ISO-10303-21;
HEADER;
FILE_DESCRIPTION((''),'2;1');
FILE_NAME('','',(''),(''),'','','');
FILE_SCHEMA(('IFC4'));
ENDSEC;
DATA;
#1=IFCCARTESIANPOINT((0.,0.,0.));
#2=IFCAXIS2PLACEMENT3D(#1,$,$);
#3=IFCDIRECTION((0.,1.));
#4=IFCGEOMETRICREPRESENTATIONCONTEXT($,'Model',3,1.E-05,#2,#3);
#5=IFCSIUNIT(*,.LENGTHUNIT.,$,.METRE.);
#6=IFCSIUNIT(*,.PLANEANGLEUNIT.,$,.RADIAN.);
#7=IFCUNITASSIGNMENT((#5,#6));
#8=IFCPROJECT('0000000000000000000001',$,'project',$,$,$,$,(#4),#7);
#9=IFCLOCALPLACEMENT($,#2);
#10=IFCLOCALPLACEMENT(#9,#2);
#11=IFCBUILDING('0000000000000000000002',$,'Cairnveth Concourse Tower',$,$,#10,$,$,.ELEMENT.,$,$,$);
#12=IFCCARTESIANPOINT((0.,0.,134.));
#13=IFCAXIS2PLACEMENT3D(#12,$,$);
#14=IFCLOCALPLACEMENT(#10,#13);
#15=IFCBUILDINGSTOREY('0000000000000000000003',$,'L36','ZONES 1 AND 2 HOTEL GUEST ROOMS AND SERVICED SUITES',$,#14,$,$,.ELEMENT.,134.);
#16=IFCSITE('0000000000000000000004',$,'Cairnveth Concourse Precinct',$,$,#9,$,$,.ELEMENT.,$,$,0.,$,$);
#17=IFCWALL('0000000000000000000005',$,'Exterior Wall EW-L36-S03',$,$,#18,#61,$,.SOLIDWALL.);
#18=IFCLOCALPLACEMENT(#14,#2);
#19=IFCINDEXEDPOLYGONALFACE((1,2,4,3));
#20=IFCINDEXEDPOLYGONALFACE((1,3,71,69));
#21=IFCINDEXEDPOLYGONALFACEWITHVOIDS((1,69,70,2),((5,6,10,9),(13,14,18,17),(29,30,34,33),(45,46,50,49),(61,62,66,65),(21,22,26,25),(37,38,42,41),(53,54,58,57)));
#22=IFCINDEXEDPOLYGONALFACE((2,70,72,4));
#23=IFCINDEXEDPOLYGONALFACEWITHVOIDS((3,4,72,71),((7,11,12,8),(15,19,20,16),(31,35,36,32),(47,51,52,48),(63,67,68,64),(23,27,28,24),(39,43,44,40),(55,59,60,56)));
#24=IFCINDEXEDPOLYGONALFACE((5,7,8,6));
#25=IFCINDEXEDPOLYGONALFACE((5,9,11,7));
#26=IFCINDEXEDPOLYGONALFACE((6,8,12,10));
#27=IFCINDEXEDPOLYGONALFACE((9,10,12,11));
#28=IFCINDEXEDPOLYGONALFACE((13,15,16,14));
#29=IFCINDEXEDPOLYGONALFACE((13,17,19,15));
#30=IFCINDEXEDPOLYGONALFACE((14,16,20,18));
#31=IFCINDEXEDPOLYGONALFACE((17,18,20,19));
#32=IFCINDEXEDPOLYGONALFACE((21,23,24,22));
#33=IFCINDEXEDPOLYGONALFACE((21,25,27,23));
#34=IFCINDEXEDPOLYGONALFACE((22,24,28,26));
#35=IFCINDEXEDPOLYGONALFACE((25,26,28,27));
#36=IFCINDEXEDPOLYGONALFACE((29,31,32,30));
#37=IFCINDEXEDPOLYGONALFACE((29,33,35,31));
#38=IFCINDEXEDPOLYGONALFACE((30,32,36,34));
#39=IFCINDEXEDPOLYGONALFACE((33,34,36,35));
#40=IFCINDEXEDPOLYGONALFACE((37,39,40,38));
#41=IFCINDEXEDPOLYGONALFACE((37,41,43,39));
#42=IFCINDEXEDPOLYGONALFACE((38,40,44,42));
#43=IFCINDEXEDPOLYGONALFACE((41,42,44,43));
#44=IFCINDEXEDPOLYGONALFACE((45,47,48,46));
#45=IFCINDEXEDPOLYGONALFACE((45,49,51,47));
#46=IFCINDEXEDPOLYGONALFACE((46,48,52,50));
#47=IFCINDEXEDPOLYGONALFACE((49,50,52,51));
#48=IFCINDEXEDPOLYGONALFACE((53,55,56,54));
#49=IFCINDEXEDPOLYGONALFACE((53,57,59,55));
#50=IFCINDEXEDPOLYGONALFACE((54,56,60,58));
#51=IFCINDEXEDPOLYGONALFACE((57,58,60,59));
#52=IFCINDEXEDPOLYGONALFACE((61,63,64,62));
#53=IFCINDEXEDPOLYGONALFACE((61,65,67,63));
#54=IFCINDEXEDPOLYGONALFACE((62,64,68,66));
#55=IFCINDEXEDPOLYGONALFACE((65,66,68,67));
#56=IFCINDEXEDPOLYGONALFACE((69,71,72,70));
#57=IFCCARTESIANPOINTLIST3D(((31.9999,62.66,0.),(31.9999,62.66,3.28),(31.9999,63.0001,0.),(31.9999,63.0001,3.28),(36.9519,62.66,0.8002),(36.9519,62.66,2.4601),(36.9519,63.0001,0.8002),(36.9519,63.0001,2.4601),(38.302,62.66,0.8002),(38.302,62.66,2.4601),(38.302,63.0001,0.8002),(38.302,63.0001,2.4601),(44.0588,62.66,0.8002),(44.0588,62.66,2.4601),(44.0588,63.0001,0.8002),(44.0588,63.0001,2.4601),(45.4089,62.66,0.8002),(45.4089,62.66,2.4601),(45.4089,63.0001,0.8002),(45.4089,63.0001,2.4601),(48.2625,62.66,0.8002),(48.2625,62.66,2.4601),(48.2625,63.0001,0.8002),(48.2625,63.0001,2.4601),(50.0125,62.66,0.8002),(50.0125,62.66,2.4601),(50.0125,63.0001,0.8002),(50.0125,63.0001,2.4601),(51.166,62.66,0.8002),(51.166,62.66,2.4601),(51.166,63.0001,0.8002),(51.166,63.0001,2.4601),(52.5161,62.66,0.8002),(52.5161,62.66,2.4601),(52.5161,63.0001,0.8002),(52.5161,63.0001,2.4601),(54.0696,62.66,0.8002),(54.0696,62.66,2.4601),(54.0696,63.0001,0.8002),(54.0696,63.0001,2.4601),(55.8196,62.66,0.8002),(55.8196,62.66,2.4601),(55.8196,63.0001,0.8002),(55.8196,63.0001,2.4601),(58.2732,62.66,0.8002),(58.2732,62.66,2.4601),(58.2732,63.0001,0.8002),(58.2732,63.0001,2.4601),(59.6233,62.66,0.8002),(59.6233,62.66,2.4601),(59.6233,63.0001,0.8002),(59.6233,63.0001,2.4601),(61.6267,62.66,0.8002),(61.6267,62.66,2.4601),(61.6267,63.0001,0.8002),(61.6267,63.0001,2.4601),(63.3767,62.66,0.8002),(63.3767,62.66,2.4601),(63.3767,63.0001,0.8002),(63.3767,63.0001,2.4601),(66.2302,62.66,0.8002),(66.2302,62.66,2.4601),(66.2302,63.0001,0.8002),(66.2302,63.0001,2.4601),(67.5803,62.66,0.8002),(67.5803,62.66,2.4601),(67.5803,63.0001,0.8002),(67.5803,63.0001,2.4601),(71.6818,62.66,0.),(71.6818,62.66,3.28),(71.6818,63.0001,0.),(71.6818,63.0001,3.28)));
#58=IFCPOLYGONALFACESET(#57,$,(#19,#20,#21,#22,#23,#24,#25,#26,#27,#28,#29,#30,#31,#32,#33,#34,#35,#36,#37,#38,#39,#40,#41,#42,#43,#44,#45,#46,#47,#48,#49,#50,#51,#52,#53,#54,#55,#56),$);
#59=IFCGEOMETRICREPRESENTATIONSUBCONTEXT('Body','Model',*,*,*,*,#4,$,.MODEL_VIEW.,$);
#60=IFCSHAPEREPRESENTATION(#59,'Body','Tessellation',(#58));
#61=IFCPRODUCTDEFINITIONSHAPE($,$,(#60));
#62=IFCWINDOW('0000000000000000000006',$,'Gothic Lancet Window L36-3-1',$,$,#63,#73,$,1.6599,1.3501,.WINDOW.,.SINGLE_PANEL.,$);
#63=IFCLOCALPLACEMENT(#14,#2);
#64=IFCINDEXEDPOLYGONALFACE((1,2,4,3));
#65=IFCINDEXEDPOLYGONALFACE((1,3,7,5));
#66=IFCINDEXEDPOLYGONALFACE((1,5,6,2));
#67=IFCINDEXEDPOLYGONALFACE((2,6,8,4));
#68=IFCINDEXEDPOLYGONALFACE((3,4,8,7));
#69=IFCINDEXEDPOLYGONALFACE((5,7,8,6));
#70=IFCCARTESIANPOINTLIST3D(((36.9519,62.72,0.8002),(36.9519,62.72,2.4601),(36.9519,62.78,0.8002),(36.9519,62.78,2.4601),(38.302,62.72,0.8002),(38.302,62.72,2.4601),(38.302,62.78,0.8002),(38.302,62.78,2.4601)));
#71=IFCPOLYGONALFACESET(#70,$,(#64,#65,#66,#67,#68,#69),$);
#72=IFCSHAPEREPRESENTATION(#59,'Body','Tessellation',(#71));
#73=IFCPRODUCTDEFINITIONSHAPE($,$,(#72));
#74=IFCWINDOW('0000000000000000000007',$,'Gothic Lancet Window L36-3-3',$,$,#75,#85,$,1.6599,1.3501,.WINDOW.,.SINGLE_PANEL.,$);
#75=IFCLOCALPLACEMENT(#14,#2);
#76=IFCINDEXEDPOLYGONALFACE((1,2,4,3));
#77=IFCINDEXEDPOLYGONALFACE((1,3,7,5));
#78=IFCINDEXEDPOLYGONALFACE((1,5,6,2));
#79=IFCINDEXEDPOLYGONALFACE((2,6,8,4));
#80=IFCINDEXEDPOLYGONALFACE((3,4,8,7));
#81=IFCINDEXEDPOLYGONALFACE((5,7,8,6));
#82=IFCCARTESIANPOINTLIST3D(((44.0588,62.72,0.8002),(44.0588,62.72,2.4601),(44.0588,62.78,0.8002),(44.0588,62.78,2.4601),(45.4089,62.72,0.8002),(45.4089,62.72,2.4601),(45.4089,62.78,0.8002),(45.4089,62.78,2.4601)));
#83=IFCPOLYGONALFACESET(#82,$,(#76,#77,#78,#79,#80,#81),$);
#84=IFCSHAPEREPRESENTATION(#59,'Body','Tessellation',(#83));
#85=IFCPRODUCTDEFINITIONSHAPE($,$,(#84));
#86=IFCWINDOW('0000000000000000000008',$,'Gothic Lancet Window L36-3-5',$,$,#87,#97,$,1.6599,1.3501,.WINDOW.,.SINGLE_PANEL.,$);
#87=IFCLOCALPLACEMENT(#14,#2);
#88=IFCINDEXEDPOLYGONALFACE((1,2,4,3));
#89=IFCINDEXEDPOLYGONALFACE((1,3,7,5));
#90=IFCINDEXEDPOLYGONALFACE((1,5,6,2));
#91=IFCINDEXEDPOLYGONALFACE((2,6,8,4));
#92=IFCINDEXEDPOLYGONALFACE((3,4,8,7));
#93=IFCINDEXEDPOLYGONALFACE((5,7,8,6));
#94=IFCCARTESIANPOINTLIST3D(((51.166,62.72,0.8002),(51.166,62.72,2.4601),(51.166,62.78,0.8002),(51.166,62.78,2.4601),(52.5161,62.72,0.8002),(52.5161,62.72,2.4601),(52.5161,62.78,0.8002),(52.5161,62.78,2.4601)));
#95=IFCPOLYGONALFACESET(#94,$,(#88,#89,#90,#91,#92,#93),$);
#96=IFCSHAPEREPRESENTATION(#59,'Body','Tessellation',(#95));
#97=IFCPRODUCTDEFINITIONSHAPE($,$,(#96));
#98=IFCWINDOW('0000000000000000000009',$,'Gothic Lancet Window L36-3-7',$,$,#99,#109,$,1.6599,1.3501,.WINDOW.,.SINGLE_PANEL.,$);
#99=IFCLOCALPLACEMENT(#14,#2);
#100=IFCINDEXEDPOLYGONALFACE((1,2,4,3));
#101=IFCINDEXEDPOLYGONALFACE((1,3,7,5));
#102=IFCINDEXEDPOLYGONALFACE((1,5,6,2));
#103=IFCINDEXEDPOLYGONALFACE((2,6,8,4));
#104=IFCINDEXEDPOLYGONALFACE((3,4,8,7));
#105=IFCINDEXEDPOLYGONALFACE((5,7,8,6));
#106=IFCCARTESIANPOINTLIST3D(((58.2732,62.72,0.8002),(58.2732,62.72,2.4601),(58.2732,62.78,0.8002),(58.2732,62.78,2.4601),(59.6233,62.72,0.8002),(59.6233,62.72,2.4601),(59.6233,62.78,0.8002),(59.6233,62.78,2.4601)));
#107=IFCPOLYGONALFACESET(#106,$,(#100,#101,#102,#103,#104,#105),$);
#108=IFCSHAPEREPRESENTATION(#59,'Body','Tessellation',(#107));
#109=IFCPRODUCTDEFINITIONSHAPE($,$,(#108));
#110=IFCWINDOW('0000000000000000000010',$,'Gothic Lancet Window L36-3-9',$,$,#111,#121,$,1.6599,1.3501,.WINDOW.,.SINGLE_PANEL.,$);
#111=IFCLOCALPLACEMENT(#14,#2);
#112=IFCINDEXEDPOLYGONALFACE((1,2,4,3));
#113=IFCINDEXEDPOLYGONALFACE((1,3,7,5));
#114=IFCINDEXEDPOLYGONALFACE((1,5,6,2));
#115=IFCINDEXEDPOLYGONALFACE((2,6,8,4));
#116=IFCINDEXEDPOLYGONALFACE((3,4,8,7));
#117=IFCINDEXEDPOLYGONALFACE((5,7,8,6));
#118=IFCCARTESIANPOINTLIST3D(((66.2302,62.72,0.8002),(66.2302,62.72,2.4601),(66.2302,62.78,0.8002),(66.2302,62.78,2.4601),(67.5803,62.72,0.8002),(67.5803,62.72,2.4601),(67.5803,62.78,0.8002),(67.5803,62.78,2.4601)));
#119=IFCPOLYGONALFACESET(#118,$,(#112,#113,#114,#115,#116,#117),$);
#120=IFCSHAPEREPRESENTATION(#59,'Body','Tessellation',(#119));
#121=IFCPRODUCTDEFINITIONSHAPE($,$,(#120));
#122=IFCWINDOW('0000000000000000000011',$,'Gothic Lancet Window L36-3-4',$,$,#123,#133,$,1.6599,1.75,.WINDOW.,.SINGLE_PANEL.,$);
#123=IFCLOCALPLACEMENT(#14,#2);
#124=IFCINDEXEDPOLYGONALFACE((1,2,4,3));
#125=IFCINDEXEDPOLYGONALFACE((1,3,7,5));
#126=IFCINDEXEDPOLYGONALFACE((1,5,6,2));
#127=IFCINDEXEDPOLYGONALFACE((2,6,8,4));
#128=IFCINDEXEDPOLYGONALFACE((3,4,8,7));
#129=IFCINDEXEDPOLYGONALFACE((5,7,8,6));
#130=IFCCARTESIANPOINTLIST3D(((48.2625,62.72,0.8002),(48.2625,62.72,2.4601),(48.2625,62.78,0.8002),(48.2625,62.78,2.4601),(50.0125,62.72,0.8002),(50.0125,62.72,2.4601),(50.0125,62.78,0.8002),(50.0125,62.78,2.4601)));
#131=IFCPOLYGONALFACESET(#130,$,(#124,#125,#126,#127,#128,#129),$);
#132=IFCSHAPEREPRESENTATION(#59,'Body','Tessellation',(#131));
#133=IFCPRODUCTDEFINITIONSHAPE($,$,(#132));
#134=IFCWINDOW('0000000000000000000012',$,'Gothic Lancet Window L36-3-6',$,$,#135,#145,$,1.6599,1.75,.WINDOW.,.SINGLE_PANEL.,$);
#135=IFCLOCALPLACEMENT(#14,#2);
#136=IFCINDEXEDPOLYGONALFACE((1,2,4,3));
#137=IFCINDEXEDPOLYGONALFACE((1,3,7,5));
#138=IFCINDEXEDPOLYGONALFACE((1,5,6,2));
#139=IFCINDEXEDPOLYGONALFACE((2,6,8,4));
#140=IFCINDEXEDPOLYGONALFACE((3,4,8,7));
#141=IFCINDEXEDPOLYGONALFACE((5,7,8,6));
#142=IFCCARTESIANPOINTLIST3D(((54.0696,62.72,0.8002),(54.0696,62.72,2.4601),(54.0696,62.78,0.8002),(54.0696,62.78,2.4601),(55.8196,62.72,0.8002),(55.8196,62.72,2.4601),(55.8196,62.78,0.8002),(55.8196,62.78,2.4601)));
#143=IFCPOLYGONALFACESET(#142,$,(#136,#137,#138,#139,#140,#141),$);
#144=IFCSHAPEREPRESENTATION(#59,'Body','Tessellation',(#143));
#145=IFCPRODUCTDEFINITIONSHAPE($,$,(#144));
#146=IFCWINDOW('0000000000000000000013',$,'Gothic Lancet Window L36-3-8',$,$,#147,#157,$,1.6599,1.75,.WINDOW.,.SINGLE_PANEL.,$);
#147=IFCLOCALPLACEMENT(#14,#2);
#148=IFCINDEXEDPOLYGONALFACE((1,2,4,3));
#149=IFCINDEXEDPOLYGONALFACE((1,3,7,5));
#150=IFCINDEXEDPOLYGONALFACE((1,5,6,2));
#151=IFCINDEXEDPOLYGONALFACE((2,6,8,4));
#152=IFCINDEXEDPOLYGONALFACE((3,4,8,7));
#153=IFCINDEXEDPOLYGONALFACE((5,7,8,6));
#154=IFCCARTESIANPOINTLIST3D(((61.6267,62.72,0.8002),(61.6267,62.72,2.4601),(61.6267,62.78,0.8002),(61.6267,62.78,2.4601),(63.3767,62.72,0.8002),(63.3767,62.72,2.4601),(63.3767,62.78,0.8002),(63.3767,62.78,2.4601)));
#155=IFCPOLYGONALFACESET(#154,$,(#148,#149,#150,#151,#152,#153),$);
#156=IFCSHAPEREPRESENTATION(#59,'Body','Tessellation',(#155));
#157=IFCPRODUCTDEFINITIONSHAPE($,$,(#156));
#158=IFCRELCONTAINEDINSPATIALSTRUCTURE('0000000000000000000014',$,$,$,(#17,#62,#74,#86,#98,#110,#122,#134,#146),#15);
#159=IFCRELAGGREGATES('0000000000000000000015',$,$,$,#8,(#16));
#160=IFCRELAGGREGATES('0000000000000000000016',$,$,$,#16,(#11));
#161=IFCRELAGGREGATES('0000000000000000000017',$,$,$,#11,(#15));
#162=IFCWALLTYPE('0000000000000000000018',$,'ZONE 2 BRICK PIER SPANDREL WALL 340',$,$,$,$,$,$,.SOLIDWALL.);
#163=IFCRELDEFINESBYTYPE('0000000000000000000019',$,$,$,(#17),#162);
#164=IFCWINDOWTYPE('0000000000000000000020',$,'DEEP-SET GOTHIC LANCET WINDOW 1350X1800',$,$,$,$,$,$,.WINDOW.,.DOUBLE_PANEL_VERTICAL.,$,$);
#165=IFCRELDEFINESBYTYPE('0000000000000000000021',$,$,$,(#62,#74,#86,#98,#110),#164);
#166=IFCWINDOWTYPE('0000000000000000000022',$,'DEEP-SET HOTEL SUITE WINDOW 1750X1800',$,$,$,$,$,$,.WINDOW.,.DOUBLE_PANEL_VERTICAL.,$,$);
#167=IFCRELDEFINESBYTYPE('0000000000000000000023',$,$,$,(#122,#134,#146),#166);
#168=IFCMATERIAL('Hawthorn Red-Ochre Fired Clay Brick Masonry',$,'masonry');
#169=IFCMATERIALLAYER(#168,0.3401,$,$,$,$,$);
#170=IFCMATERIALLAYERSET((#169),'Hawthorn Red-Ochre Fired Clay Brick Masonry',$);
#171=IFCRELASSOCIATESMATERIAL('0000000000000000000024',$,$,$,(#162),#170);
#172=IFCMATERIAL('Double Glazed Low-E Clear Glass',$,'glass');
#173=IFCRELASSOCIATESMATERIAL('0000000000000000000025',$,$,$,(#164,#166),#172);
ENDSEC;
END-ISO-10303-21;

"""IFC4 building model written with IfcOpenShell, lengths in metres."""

from ifc_helpers import new_model, si_unit, direction, frame, frame_2d, origin, place, context, subcontext, project, spatial, rectangle, extrude, material, layer, layer_set, type_object, element, fill, save


model = new_model("IFC4")

# Units and contexts
model_context = context("Model", 3, precision=1e-05, world=origin(), true_north=direction((0.0, 1.0)))
body_context = subcontext(model_context, "Body", "Model", "MODEL_VIEW")
ifc_project = project(units=[si_unit("LENGTHUNIT", "METRE"), si_unit("PLANEANGLEUNIT", "RADIAN")], contexts=[model_context])

# Site, building, storey
site_placement = place(None, origin())
site = spatial("IfcSite", under=ifc_project, at=site_placement, Name="Cairnveth Concourse Precinct", CompositionType="ELEMENT", RefElevation=0.0)
building_placement = place(site_placement, origin())
building = spatial("IfcBuilding", under=site, at=building_placement, Name="Cairnveth Concourse Tower", CompositionType="ELEMENT")
storey_placement = place(building_placement, frame((0.0, 0.0, 134.0)))
storey = spatial("IfcBuildingStorey", under=building, at=storey_placement, Name="L36", Description="ZONES 1 AND 2 HOTEL GUEST ROOMS AND SERVICED SUITES", CompositionType="ELEMENT", Elevation=134.0)

# Shared definitions
ifc_material_1 = material(Name="Hawthorn Red-Ochre Fired Clay Brick Masonry", Category="masonry")
ifc_layer_1 = layer(ifc_material_1, 0.3401)
ifc_layer_set_1 = layer_set([ifc_layer_1], Name="Hawthorn Red-Ochre Fired Clay Brick Masonry")
wall_type = type_object("IfcWallType", Name="ZONE 2 BRICK PIER SPANDREL WALL 340", PredefinedType="SOLIDWALL", material=ifc_layer_set_1)

# Wall, openings, windows
wall_1_placement = place(storey_placement, frame((32.0, 62.8301, 0.0), z_axis=(0.0, 0.0, 1.0), x_axis=(1.0, 0.0, 0.0)))
wall_1 = element("IfcWall", 1, at=wall_1_placement, inside=storey, type_object=wall_type, Name="Exterior Wall EW-L36-S03", PredefinedType="SOLIDWALL", context=body_context, shape_type="SweptSolid", body=[
    extrude(rectangle(XDim=39.6819, YDim=0.3401, at=frame_2d((19.8408, 0.0))), origin(), (0.0, 0.0, 1.0), 3.28),
])
opening_1_placement = place(wall_1_placement, frame((4.9519, 0.0, 0.8)))
opening_1 = element("IfcOpeningElement", 2, at=opening_1_placement, cuts=wall_1, PredefinedType="OPENING", context=body_context, shape_type="SweptSolid", body=[
    extrude(rectangle(XDim=1.3501, YDim=1.6599, at=frame_2d((0.675, 0.8301))), frame((0.0, 0.1799, 0.0), z_axis=(0.0, -1.0, 0.0), x_axis=(1.0, 0.0, 0.0)), (0.0, 0.0, 1.0), 0.3601),
])
opening_2_placement = place(wall_1_placement, frame((12.0588, 0.0, 0.8)))
opening_2 = element("IfcOpeningElement", 3, at=opening_2_placement, cuts=wall_1, PredefinedType="OPENING", context=body_context, shape_type="SweptSolid", body=[
    extrude(rectangle(XDim=1.3501, YDim=1.6599, at=frame_2d((0.675, 0.8301))), frame((0.0, 0.1799, 0.0), z_axis=(0.0, -1.0, 0.0), x_axis=(1.0, 0.0, 0.0)), (0.0, 0.0, 1.0), 0.3601),
])
opening_3_placement = place(wall_1_placement, frame((16.2625, 0.0, 0.8)))
opening_3 = element("IfcOpeningElement", 4, at=opening_3_placement, cuts=wall_1, PredefinedType="OPENING", context=body_context, shape_type="SweptSolid", body=[
    extrude(rectangle(XDim=1.75, YDim=1.6599, at=frame_2d((0.875, 0.8301))), frame((0.0, 0.1799, 0.0), z_axis=(0.0, -1.0, 0.0), x_axis=(1.0, 0.0, 0.0)), (0.0, 0.0, 1.0), 0.3601),
])
opening_4_placement = place(wall_1_placement, frame((19.166, 0.0, 0.8)))
opening_4 = element("IfcOpeningElement", 5, at=opening_4_placement, cuts=wall_1, PredefinedType="OPENING", context=body_context, shape_type="SweptSolid", body=[
    extrude(rectangle(XDim=1.3501, YDim=1.6599, at=frame_2d((0.675, 0.8301))), frame((0.0, 0.1799, 0.0), z_axis=(0.0, -1.0, 0.0), x_axis=(1.0, 0.0, 0.0)), (0.0, 0.0, 1.0), 0.3601),
])
opening_5_placement = place(wall_1_placement, frame((22.0696, 0.0, 0.8)))
opening_5 = element("IfcOpeningElement", 6, at=opening_5_placement, cuts=wall_1, PredefinedType="OPENING", context=body_context, shape_type="SweptSolid", body=[
    extrude(rectangle(XDim=1.75, YDim=1.6599, at=frame_2d((0.875, 0.8301))), frame((0.0, 0.1799, 0.0), z_axis=(0.0, -1.0, 0.0), x_axis=(1.0, 0.0, 0.0)), (0.0, 0.0, 1.0), 0.3601),
])
opening_6_placement = place(wall_1_placement, frame((26.2732, 0.0, 0.8)))
opening_6 = element("IfcOpeningElement", 7, at=opening_6_placement, cuts=wall_1, PredefinedType="OPENING", context=body_context, shape_type="SweptSolid", body=[
    extrude(rectangle(XDim=1.3501, YDim=1.6599, at=frame_2d((0.675, 0.8301))), frame((0.0, 0.1799, 0.0), z_axis=(0.0, -1.0, 0.0), x_axis=(1.0, 0.0, 0.0)), (0.0, 0.0, 1.0), 0.3601),
])
opening_7_placement = place(wall_1_placement, frame((29.6267, 0.0, 0.8)))
opening_7 = element("IfcOpeningElement", 8, at=opening_7_placement, cuts=wall_1, PredefinedType="OPENING", context=body_context, shape_type="SweptSolid", body=[
    extrude(rectangle(XDim=1.75, YDim=1.6599, at=frame_2d((0.875, 0.8301))), frame((0.0, 0.1799, 0.0), z_axis=(0.0, -1.0, 0.0), x_axis=(1.0, 0.0, 0.0)), (0.0, 0.0, 1.0), 0.3601),
])
opening_8_placement = place(wall_1_placement, frame((34.2302, 0.0, 0.8)))
opening_8 = element("IfcOpeningElement", 9, at=opening_8_placement, cuts=wall_1, PredefinedType="OPENING", context=body_context, shape_type="SweptSolid", body=[
    extrude(rectangle(XDim=1.3501, YDim=1.6599, at=frame_2d((0.675, 0.8301))), frame((0.0, 0.1799, 0.0), z_axis=(0.0, -1.0, 0.0), x_axis=(1.0, 0.0, 0.0)), (0.0, 0.0, 1.0), 0.3601),
])
ifc_material_2 = material(Name="Double Glazed Low-E Clear Glass", Category="glass")
window_type_1 = type_object("IfcWindowType", Name="DEEP-SET GOTHIC LANCET WINDOW 1350X1800", PartitioningType="DOUBLE_PANEL_VERTICAL", PredefinedType="WINDOW", material=ifc_material_2)
window_1_placement = place(opening_1_placement, origin())
window_1 = element("IfcWindow", 10, at=window_1_placement, inside=storey, type_object=window_type_1, Name="Gothic Lancet Window L36-3-1", OverallHeight=1.6599, OverallWidth=1.3501, PartitioningType="SINGLE_PANEL", PredefinedType="WINDOW", context=body_context, shape_type="SweptSolid", body=[
    extrude(rectangle(XDim=1.3501, YDim=1.6599, at=frame_2d((0.675, 0.8301))), frame((0.0, -0.05, 0.0), z_axis=(0.0, -1.0, 0.0), x_axis=(1.0, 0.0, 0.0)), (0.0, 0.0, 1.0), 0.0601),
])
fill(opening_1, window_1)
window_2_placement = place(opening_2_placement, origin())
window_2 = element("IfcWindow", 11, at=window_2_placement, inside=storey, type_object=window_type_1, Name="Gothic Lancet Window L36-3-3", OverallHeight=1.6599, OverallWidth=1.3501, PartitioningType="SINGLE_PANEL", PredefinedType="WINDOW", context=body_context, shape_type="SweptSolid", body=[
    extrude(rectangle(XDim=1.3501, YDim=1.6599, at=frame_2d((0.675, 0.8301))), frame((0.0, -0.05, 0.0), z_axis=(0.0, -1.0, 0.0), x_axis=(1.0, 0.0, 0.0)), (0.0, 0.0, 1.0), 0.0601),
])
fill(opening_2, window_2)
window_3_placement = place(opening_4_placement, origin())
window_3 = element("IfcWindow", 12, at=window_3_placement, inside=storey, type_object=window_type_1, Name="Gothic Lancet Window L36-3-5", OverallHeight=1.6599, OverallWidth=1.3501, PartitioningType="SINGLE_PANEL", PredefinedType="WINDOW", context=body_context, shape_type="SweptSolid", body=[
    extrude(rectangle(XDim=1.3501, YDim=1.6599, at=frame_2d((0.675, 0.8301))), frame((0.0, -0.05, 0.0), z_axis=(0.0, -1.0, 0.0), x_axis=(1.0, 0.0, 0.0)), (0.0, 0.0, 1.0), 0.0601),
])
fill(opening_4, window_3)
window_4_placement = place(opening_6_placement, origin())
window_4 = element("IfcWindow", 13, at=window_4_placement, inside=storey, type_object=window_type_1, Name="Gothic Lancet Window L36-3-7", OverallHeight=1.6599, OverallWidth=1.3501, PartitioningType="SINGLE_PANEL", PredefinedType="WINDOW", context=body_context, shape_type="SweptSolid", body=[
    extrude(rectangle(XDim=1.3501, YDim=1.6599, at=frame_2d((0.675, 0.8301))), frame((0.0, -0.05, 0.0), z_axis=(0.0, -1.0, 0.0), x_axis=(1.0, 0.0, 0.0)), (0.0, 0.0, 1.0), 0.0601),
])
fill(opening_6, window_4)
window_5_placement = place(opening_8_placement, origin())
window_5 = element("IfcWindow", 14, at=window_5_placement, inside=storey, type_object=window_type_1, Name="Gothic Lancet Window L36-3-9", OverallHeight=1.6599, OverallWidth=1.3501, PartitioningType="SINGLE_PANEL", PredefinedType="WINDOW", context=body_context, shape_type="SweptSolid", body=[
    extrude(rectangle(XDim=1.3501, YDim=1.6599, at=frame_2d((0.675, 0.8301))), frame((0.0, -0.05, 0.0), z_axis=(0.0, -1.0, 0.0), x_axis=(1.0, 0.0, 0.0)), (0.0, 0.0, 1.0), 0.0601),
])
fill(opening_8, window_5)
window_type_2 = type_object("IfcWindowType", Name="DEEP-SET HOTEL SUITE WINDOW 1750X1800", PartitioningType="DOUBLE_PANEL_VERTICAL", PredefinedType="WINDOW", material=ifc_material_2)
window_6_placement = place(opening_3_placement, origin())
window_6 = element("IfcWindow", 15, at=window_6_placement, inside=storey, type_object=window_type_2, Name="Gothic Lancet Window L36-3-4", OverallHeight=1.6599, OverallWidth=1.75, PartitioningType="SINGLE_PANEL", PredefinedType="WINDOW", context=body_context, shape_type="SweptSolid", body=[
    extrude(rectangle(XDim=1.75, YDim=1.6599, at=frame_2d((0.875, 0.8301))), frame((0.0, -0.05, 0.0), z_axis=(0.0, -1.0, 0.0), x_axis=(1.0, 0.0, 0.0)), (0.0, 0.0, 1.0), 0.0601),
])
fill(opening_3, window_6)
window_7_placement = place(opening_5_placement, origin())
window_7 = element("IfcWindow", 16, at=window_7_placement, inside=storey, type_object=window_type_2, Name="Gothic Lancet Window L36-3-6", OverallHeight=1.6599, OverallWidth=1.75, PartitioningType="SINGLE_PANEL", PredefinedType="WINDOW", context=body_context, shape_type="SweptSolid", body=[
    extrude(rectangle(XDim=1.75, YDim=1.6599, at=frame_2d((0.875, 0.8301))), frame((0.0, -0.05, 0.0), z_axis=(0.0, -1.0, 0.0), x_axis=(1.0, 0.0, 0.0)), (0.0, 0.0, 1.0), 0.0601),
])
fill(opening_5, window_7)
window_8_placement = place(opening_7_placement, origin())
window_8 = element("IfcWindow", 17, at=window_8_placement, inside=storey, type_object=window_type_2, Name="Gothic Lancet Window L36-3-8", OverallHeight=1.6599, OverallWidth=1.75, PartitioningType="SINGLE_PANEL", PredefinedType="WINDOW", context=body_context, shape_type="SweptSolid", body=[
    extrude(rectangle(XDim=1.75, YDim=1.6599, at=frame_2d((0.875, 0.8301))), frame((0.0, -0.05, 0.0), z_axis=(0.0, -1.0, 0.0), x_axis=(1.0, 0.0, 0.0)), (0.0, 0.0, 1.0), 0.0601),
])
fill(opening_7, window_8)

save(model, "model.ifc")
